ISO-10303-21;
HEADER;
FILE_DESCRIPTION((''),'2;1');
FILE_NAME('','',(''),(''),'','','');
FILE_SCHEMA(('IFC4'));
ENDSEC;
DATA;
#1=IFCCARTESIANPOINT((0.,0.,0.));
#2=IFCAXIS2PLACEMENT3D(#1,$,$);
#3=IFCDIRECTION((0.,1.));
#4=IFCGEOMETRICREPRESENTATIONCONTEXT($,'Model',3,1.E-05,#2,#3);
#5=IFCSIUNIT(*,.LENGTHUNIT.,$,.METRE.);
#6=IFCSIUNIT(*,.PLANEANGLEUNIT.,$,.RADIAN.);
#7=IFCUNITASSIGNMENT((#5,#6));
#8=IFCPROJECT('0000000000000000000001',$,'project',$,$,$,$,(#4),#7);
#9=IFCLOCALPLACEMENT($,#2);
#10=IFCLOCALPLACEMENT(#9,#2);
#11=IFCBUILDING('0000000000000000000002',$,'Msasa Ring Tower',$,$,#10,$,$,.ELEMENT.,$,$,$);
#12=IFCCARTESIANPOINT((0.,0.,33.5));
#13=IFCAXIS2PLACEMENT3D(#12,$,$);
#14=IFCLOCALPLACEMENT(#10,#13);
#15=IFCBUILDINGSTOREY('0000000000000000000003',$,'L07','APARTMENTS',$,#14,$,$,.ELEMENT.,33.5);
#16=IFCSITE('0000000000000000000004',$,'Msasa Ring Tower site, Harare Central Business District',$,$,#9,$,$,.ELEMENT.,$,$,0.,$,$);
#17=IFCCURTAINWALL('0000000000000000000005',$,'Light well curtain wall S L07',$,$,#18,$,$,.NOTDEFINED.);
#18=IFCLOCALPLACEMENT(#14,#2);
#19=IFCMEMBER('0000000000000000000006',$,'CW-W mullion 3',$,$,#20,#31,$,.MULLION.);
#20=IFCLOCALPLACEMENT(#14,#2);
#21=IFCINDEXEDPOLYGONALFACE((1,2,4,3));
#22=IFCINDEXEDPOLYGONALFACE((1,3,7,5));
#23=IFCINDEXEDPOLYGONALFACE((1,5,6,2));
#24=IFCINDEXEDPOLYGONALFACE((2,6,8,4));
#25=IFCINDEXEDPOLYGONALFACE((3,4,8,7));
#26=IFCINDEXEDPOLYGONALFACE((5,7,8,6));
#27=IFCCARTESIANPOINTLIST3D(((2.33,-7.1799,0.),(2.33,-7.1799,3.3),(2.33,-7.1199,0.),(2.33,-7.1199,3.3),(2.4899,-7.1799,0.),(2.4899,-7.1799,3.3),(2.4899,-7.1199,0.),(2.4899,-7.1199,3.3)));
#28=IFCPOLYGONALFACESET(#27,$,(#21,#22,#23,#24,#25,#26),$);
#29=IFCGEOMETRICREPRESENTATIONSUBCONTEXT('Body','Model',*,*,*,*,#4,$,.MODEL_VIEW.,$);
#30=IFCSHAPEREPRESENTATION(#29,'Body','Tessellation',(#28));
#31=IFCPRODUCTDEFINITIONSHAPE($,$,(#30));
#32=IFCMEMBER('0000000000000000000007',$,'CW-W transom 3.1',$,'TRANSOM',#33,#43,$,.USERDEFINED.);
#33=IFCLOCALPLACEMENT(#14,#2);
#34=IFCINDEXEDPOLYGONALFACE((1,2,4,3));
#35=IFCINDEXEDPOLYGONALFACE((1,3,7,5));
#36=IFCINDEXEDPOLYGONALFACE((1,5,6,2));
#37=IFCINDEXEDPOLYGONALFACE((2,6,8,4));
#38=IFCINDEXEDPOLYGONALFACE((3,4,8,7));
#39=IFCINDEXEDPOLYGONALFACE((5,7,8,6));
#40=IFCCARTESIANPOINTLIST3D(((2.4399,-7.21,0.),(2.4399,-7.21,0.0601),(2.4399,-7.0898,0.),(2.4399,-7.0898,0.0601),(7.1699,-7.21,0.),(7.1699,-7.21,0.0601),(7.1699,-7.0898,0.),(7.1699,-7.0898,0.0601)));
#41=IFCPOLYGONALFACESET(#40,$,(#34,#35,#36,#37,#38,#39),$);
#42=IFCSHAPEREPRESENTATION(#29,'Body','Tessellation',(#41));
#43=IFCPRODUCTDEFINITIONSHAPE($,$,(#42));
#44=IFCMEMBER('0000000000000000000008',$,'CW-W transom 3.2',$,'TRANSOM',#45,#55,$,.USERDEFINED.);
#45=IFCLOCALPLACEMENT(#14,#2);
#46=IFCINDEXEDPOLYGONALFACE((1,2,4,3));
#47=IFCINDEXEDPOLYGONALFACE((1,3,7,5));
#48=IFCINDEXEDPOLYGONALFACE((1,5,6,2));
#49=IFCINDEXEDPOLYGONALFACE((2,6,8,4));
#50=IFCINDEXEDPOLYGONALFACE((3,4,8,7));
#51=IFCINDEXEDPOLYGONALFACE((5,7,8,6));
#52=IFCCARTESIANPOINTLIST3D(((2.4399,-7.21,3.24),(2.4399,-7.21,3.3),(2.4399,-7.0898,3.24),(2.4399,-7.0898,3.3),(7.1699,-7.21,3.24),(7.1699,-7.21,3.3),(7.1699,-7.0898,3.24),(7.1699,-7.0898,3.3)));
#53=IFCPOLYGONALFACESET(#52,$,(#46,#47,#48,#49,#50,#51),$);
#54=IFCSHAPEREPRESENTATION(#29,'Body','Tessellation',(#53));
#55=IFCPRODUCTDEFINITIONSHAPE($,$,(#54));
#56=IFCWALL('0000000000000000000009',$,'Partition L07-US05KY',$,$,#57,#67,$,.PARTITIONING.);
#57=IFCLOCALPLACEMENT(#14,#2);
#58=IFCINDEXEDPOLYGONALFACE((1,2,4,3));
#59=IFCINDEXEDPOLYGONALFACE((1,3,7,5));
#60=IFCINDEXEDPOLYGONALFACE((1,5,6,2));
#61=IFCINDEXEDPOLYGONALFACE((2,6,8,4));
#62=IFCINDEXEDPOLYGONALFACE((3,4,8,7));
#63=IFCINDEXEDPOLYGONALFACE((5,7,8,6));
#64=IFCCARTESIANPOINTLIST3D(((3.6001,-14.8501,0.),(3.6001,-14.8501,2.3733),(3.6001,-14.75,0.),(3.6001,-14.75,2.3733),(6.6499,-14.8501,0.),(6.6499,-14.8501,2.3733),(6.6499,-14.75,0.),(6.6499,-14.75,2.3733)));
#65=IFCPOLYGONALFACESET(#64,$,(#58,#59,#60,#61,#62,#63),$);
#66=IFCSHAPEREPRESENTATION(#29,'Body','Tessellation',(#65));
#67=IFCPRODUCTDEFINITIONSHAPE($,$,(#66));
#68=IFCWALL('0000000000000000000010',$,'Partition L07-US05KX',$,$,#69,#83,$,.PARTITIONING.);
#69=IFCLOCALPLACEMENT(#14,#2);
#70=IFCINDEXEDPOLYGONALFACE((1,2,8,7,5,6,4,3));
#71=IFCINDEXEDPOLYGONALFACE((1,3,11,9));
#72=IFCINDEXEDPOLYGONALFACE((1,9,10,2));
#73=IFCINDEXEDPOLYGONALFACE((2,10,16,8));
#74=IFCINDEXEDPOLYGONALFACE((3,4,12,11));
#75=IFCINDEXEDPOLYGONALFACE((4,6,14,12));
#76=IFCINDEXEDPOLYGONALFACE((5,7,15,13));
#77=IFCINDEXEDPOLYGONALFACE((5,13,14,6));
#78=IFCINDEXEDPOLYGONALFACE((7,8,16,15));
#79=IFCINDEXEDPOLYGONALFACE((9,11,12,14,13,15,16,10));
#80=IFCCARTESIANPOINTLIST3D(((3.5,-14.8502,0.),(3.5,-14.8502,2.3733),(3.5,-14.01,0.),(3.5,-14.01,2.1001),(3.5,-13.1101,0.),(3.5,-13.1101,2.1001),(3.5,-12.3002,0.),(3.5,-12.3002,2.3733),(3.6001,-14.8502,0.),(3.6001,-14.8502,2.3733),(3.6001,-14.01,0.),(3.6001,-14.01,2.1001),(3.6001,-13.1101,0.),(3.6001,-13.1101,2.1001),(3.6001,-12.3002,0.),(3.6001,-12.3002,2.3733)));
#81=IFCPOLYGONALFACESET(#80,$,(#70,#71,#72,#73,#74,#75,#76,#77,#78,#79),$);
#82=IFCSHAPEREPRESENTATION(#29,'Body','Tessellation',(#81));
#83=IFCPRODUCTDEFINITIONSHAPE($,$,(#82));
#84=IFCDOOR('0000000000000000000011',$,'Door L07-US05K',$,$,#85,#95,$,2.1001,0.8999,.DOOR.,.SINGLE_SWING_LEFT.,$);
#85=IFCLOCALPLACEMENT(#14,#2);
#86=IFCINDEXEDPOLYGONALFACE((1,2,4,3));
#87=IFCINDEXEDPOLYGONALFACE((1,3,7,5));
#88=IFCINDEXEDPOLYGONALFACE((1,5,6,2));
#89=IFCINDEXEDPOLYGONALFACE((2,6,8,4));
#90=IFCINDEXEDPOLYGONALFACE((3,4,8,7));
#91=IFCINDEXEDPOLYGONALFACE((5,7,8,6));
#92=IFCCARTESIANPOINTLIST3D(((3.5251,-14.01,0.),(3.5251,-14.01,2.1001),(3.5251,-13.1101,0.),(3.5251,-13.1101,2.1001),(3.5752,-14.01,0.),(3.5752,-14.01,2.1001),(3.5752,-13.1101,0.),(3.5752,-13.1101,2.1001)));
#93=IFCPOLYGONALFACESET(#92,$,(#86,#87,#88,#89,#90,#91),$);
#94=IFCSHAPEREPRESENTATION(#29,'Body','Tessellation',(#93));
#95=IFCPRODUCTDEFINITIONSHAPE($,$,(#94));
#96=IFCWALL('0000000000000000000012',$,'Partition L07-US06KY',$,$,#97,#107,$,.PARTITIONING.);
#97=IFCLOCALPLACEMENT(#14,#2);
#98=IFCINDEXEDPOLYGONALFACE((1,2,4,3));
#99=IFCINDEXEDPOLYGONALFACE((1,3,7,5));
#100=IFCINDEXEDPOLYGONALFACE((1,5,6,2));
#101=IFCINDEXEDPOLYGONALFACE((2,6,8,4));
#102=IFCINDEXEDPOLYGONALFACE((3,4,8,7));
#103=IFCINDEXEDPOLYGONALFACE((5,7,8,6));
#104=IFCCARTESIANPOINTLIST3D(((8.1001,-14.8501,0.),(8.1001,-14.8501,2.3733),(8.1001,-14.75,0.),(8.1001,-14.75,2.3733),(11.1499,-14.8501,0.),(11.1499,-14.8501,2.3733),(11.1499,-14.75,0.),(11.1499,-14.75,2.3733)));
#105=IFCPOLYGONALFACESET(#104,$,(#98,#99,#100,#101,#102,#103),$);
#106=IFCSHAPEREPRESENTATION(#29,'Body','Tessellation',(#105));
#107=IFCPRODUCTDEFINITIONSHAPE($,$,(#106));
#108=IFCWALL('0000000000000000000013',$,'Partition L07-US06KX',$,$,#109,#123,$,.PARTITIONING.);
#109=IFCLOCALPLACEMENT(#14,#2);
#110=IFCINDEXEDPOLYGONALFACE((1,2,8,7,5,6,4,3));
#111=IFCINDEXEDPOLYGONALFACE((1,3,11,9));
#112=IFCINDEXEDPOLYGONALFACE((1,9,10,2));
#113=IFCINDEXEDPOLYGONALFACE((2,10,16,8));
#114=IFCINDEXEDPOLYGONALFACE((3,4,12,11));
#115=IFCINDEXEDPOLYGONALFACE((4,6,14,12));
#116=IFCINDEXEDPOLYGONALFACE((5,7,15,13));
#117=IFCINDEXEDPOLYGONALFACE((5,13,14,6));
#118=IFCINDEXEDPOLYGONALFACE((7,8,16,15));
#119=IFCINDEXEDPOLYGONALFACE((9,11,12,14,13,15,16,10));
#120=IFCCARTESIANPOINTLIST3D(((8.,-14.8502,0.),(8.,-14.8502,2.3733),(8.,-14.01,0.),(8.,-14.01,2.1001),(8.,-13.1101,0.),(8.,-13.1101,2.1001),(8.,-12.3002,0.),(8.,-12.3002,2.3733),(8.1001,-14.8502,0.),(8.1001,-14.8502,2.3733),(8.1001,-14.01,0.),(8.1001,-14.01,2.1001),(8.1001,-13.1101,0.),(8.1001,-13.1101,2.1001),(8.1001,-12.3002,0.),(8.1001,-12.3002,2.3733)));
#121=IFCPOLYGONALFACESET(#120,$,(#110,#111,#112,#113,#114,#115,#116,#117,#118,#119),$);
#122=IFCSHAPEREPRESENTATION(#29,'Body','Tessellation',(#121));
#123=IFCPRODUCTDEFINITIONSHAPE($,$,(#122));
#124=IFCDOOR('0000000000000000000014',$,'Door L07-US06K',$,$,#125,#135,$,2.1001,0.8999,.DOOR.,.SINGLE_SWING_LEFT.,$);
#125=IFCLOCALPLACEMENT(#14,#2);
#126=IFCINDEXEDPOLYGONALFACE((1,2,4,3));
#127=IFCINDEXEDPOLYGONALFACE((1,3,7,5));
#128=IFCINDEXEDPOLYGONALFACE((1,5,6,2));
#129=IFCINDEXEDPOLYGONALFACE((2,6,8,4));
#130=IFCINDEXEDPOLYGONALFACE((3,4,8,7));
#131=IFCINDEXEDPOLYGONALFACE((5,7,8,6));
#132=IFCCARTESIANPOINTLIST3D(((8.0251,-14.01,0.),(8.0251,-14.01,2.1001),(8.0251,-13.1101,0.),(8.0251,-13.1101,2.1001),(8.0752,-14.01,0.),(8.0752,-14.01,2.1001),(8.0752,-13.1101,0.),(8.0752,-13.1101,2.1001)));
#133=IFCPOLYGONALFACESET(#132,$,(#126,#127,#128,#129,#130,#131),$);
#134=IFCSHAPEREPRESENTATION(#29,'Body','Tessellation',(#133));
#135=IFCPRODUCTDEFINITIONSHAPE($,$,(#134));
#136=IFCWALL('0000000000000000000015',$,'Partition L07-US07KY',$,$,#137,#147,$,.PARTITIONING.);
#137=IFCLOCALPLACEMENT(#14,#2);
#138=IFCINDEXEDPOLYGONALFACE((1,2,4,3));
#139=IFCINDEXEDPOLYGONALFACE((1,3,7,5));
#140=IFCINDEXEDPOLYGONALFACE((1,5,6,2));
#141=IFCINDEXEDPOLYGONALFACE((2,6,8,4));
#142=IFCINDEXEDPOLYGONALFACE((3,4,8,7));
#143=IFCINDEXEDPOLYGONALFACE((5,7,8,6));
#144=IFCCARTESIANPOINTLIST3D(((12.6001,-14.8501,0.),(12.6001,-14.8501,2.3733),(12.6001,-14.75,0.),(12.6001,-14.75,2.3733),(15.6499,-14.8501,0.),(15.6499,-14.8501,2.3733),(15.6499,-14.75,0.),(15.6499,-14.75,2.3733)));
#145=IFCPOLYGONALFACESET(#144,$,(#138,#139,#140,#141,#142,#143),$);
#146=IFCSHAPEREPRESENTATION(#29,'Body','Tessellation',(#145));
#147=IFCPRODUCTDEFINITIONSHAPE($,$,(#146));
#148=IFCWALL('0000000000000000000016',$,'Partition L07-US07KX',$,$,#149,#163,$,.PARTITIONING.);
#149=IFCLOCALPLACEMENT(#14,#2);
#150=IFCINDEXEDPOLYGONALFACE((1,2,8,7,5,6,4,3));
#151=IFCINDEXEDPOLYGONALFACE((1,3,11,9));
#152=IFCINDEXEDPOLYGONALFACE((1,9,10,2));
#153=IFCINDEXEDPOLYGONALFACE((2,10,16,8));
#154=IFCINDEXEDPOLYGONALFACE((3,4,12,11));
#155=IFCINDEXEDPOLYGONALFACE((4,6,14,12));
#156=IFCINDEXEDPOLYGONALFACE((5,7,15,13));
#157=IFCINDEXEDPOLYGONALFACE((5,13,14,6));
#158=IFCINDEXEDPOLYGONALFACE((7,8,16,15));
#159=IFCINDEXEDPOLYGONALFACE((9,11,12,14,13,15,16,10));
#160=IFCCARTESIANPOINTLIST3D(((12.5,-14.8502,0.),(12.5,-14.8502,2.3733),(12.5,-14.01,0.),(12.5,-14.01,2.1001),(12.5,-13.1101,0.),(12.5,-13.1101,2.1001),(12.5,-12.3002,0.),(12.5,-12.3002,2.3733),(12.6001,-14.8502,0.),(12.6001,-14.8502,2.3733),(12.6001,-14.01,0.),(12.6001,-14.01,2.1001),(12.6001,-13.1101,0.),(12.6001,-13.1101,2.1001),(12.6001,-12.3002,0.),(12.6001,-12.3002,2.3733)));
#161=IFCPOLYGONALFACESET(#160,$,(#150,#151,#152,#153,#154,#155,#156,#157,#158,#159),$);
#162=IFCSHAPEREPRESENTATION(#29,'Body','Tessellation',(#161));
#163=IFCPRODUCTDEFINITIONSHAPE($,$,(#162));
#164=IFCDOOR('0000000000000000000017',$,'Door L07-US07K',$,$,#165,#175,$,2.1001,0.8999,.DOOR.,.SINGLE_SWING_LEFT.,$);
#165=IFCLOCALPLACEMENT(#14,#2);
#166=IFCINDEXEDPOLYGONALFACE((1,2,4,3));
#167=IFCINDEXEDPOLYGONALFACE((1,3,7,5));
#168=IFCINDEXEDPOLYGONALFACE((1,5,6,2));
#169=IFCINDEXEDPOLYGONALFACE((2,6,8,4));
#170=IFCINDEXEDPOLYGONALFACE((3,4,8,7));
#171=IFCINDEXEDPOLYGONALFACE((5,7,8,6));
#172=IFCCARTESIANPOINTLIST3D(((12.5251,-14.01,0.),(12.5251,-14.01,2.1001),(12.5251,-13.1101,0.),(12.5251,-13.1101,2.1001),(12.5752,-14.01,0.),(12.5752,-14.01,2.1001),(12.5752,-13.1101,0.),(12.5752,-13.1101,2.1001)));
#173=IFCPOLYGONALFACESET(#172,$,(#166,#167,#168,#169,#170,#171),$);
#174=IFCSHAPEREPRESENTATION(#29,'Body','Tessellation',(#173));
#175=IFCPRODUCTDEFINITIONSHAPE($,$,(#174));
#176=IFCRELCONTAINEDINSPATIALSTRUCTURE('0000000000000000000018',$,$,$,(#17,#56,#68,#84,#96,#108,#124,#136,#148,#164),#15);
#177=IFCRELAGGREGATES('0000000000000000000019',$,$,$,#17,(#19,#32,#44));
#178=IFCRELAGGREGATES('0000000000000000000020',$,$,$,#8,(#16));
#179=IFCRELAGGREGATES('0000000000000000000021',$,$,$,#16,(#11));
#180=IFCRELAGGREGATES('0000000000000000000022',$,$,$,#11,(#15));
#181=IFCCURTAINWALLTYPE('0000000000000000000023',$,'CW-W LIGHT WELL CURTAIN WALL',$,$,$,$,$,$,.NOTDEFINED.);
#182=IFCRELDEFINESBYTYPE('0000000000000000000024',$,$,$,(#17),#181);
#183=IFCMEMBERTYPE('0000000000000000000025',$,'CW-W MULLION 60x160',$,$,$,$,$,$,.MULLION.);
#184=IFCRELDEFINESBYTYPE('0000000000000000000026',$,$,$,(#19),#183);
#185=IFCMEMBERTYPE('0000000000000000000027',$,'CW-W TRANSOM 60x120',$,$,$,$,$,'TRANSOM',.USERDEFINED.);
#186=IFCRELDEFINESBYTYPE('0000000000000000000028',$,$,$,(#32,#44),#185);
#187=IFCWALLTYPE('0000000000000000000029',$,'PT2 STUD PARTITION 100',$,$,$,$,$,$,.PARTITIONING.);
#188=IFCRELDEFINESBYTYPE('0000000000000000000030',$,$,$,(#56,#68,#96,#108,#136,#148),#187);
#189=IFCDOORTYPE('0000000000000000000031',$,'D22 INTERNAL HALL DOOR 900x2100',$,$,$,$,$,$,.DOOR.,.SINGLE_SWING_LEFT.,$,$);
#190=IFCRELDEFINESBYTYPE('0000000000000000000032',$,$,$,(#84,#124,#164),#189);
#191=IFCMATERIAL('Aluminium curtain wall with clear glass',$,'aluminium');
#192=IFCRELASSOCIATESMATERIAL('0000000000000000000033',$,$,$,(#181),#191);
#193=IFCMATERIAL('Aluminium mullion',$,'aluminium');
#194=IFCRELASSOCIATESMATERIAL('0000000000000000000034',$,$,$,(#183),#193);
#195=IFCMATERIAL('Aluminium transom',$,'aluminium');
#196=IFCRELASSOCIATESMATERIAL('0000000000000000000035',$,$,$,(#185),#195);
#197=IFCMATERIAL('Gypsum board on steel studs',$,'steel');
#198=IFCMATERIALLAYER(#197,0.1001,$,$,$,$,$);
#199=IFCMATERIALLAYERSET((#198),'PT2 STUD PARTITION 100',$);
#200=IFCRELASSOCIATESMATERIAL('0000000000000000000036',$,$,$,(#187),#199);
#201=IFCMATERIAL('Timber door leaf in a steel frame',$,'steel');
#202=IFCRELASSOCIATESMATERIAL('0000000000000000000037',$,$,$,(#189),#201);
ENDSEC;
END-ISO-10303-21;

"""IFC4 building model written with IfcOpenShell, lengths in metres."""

from ifc_helpers import new_model, si_unit, direction, frame, frame_2d, origin, origin_2d, place, context, subcontext, project, spatial, rectangle, extrude, material, layer, layer_set, material_profile, profile_set, type_object, element, fill, aggregate, save


model = new_model("IFC4")

# Units and contexts
model_context = context("Model", 3, precision=1e-05, world=origin(), true_north=direction((0.0, 1.0)))
body_context = subcontext(model_context, "Body", "Model", "MODEL_VIEW")
ifc_project = project(units=[si_unit("LENGTHUNIT", "METRE"), si_unit("PLANEANGLEUNIT", "RADIAN")], contexts=[model_context])

# Site, building, storey
site_placement = place(None, origin())
site = spatial("IfcSite", under=ifc_project, at=site_placement, Name="Msasa Ring Tower site, Harare Central Business District", CompositionType="ELEMENT", RefElevation=0.0)
building_placement = place(site_placement, origin())
building = spatial("IfcBuilding", under=site, at=building_placement, Name="Msasa Ring Tower", CompositionType="ELEMENT")
storey_placement = place(building_placement, frame((0.0, 0.0, 33.5)))
storey = spatial("IfcBuildingStorey", under=building, at=storey_placement, Name="L07", Description="APARTMENTS", CompositionType="ELEMENT", Elevation=33.5)

# Curtain wall, members
ifc_material_1 = material(Name="Aluminium curtain wall with clear glass", Category="aluminium")
curtain_wall_type = type_object("IfcCurtainWallType", Name="CW-W LIGHT WELL CURTAIN WALL", PredefinedType="NOTDEFINED", material=ifc_material_1)
curtain_wall_placement = place(storey_placement, origin())
curtain_wall = element("IfcCurtainWall", 1, at=curtain_wall_placement, inside=storey, type_object=curtain_wall_type, Name="Light well curtain wall S L07", PredefinedType="NOTDEFINED")
ifc_material_2 = material(Name="Aluminium mullion", Category="aluminium")
ifc_material_profile_1 = material_profile(ifc_material_2, rectangle(XDim=0.0601, YDim=0.1599, at=origin_2d()), Name="AL 60x160")
ifc_profile_set_1 = profile_set([ifc_material_profile_1], Name="Aluminium mullion")
member_type_1 = type_object("IfcMemberType", Name="CW-W MULLION 60x160", PredefinedType="MULLION", material=ifc_profile_set_1)
member_1_placement = place(storey_placement, frame((2.4099, -7.1499, 0.0), z_axis=(0.0, 0.0, 1.0), x_axis=(0.0, 1.0, 0.0)))
member_1 = element("IfcMember", 2, at=member_1_placement, type_object=member_type_1, Name="CW-W mullion 3", PredefinedType="MULLION", context=body_context, shape_type="SweptSolid", body=[
    extrude(rectangle(XDim=0.0601, YDim=0.1599, at=origin_2d()), origin(), (0.0, 0.0, 1.0), 3.3),
])
ifc_material_3 = material(Name="Aluminium transom", Category="aluminium")
ifc_material_profile_2 = material_profile(ifc_material_3, rectangle(XDim=0.1201, YDim=0.0601, at=origin_2d()), Name="AL 60x120")
ifc_profile_set_2 = profile_set([ifc_material_profile_2], Name="Aluminium transom")
member_type_2 = type_object("IfcMemberType", Name="CW-W TRANSOM 60x120", ElementType="TRANSOM", PredefinedType="USERDEFINED", material=ifc_profile_set_2)
member_2_placement = place(storey_placement, frame((2.4399, -7.1499, 0.03), z_axis=(1.0, 0.0, 0.0), x_axis=(0.0, 1.0, 0.0)))
member_2 = element("IfcMember", 3, at=member_2_placement, type_object=member_type_2, Name="CW-W transom 3.1", ObjectType="TRANSOM", PredefinedType="USERDEFINED", context=body_context, shape_type="SweptSolid", body=[
    extrude(rectangle(XDim=0.1201, YDim=0.0601, at=origin_2d()), origin(), (0.0, 0.0, 1.0), 4.73),
])
member_3_placement = place(storey_placement, frame((2.4399, -7.1499, 3.27), z_axis=(1.0, 0.0, 0.0), x_axis=(0.0, 1.0, 0.0)))
member_3 = element("IfcMember", 4, at=member_3_placement, type_object=member_type_2, Name="CW-W transom 3.2", ObjectType="TRANSOM", PredefinedType="USERDEFINED", context=body_context, shape_type="SweptSolid", body=[
    extrude(rectangle(XDim=0.1201, YDim=0.0601, at=origin_2d()), origin(), (0.0, 0.0, 1.0), 4.73),
])
aggregate(curtain_wall, [member_1, member_2, member_3])

# Wall
ifc_material_4 = material(Name="Gypsum board on steel studs", Category="steel")
ifc_layer_1 = layer(ifc_material_4, 0.1001)
ifc_layer_set_1 = layer_set([ifc_layer_1], Name="PT2 STUD PARTITION 100")
wall_type_1 = type_object("IfcWallType", Name="PT2 STUD PARTITION 100", PredefinedType="PARTITIONING", material=ifc_layer_set_1)
wall_1_placement = place(storey_placement, frame((3.6001, -14.8, 0.0), z_axis=(0.0, 0.0, 1.0), x_axis=(1.0, 0.0, 0.0)))
element("IfcWall", 5, at=wall_1_placement, inside=storey, type_object=wall_type_1, Name="Partition L07-US05KY", PredefinedType="PARTITIONING", context=body_context, shape_type="SweptSolid", body=[
    extrude(rectangle(XDim=3.0498, YDim=0.1001, at=frame_2d((1.5249, 0.0))), origin(), (0.0, 0.0, 1.0), 2.3733),
])

# Wall, opening, door
wall_2_placement = place(storey_placement, frame((3.55, -14.8501, 0.0), z_axis=(0.0, 0.0, 1.0), x_axis=(0.0, 1.0, 0.0)))
wall_2 = element("IfcWall", 6, at=wall_2_placement, inside=storey, type_object=wall_type_1, Name="Partition L07-US05KX", PredefinedType="PARTITIONING", context=body_context, shape_type="SweptSolid", body=[
    extrude(rectangle(XDim=2.55, YDim=0.1001, at=frame_2d((1.2749, 0.0))), origin(), (0.0, 0.0, 1.0), 2.3733),
])
opening_1_placement = place(wall_2_placement, frame((0.8401, 0.0, 0.0)))
opening_1 = element("IfcOpeningElement", 7, at=opening_1_placement, cuts=wall_2, PredefinedType="OPENING", context=body_context, shape_type="SweptSolid", body=[
    extrude(rectangle(XDim=0.8999, YDim=2.1001, at=frame_2d((0.45, 1.05))), frame((0.0, 0.0601, 0.0), z_axis=(0.0, -1.0, 0.0), x_axis=(1.0, 0.0, 0.0)), (0.0, 0.0, 1.0), 0.1201),
])
ifc_material_5 = material(Name="Timber door leaf in a steel frame", Category="steel")
door_type_1 = type_object("IfcDoorType", Name="D22 INTERNAL HALL DOOR 900x2100", OperationType="SINGLE_SWING_LEFT", PredefinedType="DOOR", material=ifc_material_5)
door_1_placement = place(opening_1_placement, origin())
door_1 = element("IfcDoor", 8, at=door_1_placement, inside=storey, type_object=door_type_1, Name="Door L07-US05K", OperationType="SINGLE_SWING_LEFT", OverallHeight=2.1001, OverallWidth=0.8999, PredefinedType="DOOR", context=body_context, shape_type="SweptSolid", body=[
    extrude(rectangle(XDim=0.8999, YDim=2.1001, at=frame_2d((0.45, 1.05))), frame((0.0, 0.0249, 0.0), z_axis=(0.0, -1.0, 0.0), x_axis=(1.0, 0.0, 0.0)), (0.0, 0.0, 1.0), 0.05),
])
fill(opening_1, door_1)

# Wall
wall_3_placement = place(storey_placement, frame((8.1001, -14.8, 0.0), z_axis=(0.0, 0.0, 1.0), x_axis=(1.0, 0.0, 0.0)))
element("IfcWall", 9, at=wall_3_placement, inside=storey, type_object=wall_type_1, Name="Partition L07-US06KY", PredefinedType="PARTITIONING", context=body_context, shape_type="SweptSolid", body=[
    extrude(rectangle(XDim=3.0498, YDim=0.1001, at=frame_2d((1.5249, 0.0))), origin(), (0.0, 0.0, 1.0), 2.3733),
])

# Wall, opening, door
wall_4_placement = place(storey_placement, frame((8.05, -14.8501, 0.0), z_axis=(0.0, 0.0, 1.0), x_axis=(0.0, 1.0, 0.0)))
wall_4 = element("IfcWall", 10, at=wall_4_placement, inside=storey, type_object=wall_type_1, Name="Partition L07-US06KX", PredefinedType="PARTITIONING", context=body_context, shape_type="SweptSolid", body=[
    extrude(rectangle(XDim=2.55, YDim=0.1001, at=frame_2d((1.2749, 0.0))), origin(), (0.0, 0.0, 1.0), 2.3733),
])
opening_2_placement = place(wall_4_placement, frame((0.8401, 0.0, 0.0)))
opening_2 = element("IfcOpeningElement", 11, at=opening_2_placement, cuts=wall_4, PredefinedType="OPENING", context=body_context, shape_type="SweptSolid", body=[
    extrude(rectangle(XDim=0.8999, YDim=2.1001, at=frame_2d((0.45, 1.05))), frame((0.0, 0.0601, 0.0), z_axis=(0.0, -1.0, 0.0), x_axis=(1.0, 0.0, 0.0)), (0.0, 0.0, 1.0), 0.1201),
])
door_2_placement = place(opening_2_placement, origin())
door_2 = element("IfcDoor", 12, at=door_2_placement, inside=storey, type_object=door_type_1, Name="Door L07-US06K", OperationType="SINGLE_SWING_LEFT", OverallHeight=2.1001, OverallWidth=0.8999, PredefinedType="DOOR", context=body_context, shape_type="SweptSolid", body=[
    extrude(rectangle(XDim=0.8999, YDim=2.1001, at=frame_2d((0.45, 1.05))), frame((0.0, 0.0249, 0.0), z_axis=(0.0, -1.0, 0.0), x_axis=(1.0, 0.0, 0.0)), (0.0, 0.0, 1.0), 0.05),
])
fill(opening_2, door_2)

# Wall
wall_5_placement = place(storey_placement, frame((12.6001, -14.8, 0.0), z_axis=(0.0, 0.0, 1.0), x_axis=(1.0, 0.0, 0.0)))
element("IfcWall", 13, at=wall_5_placement, inside=storey, type_object=wall_type_1, Name="Partition L07-US07KY", PredefinedType="PARTITIONING", context=body_context, shape_type="SweptSolid", body=[
    extrude(rectangle(XDim=3.0498, YDim=0.1001, at=frame_2d((1.5249, 0.0))), origin(), (0.0, 0.0, 1.0), 2.3733),
])

# Wall, opening, door
wall_6_placement = place(storey_placement, frame((12.55, -14.8501, 0.0), z_axis=(0.0, 0.0, 1.0), x_axis=(0.0, 1.0, 0.0)))
wall_6 = element("IfcWall", 14, at=wall_6_placement, inside=storey, type_object=wall_type_1, Name="Partition L07-US07KX", PredefinedType="PARTITIONING", context=body_context, shape_type="SweptSolid", body=[
    extrude(rectangle(XDim=2.55, YDim=0.1001, at=frame_2d((1.2749, 0.0))), origin(), (0.0, 0.0, 1.0), 2.3733),
])
opening_3_placement = place(wall_6_placement, frame((0.8401, 0.0, 0.0)))
opening_3 = element("IfcOpeningElement", 15, at=opening_3_placement, cuts=wall_6, PredefinedType="OPENING", context=body_context, shape_type="SweptSolid", body=[
    extrude(rectangle(XDim=0.8999, YDim=2.1001, at=frame_2d((0.45, 1.05))), frame((0.0, 0.0601, 0.0), z_axis=(0.0, -1.0, 0.0), x_axis=(1.0, 0.0, 0.0)), (0.0, 0.0, 1.0), 0.1201),
])
door_3_placement = place(opening_3_placement, origin())
door_3 = element("IfcDoor", 16, at=door_3_placement, inside=storey, type_object=door_type_1, Name="Door L07-US07K", OperationType="SINGLE_SWING_LEFT", OverallHeight=2.1001, OverallWidth=0.8999, PredefinedType="DOOR", context=body_context, shape_type="SweptSolid", body=[
    extrude(rectangle(XDim=0.8999, YDim=2.1001, at=frame_2d((0.45, 1.05))), frame((0.0, 0.0249, 0.0), z_axis=(0.0, -1.0, 0.0), x_axis=(1.0, 0.0, 0.0)), (0.0, 0.0, 1.0), 0.05),
])
fill(opening_3, door_3)

save(model, "model.ifc")
